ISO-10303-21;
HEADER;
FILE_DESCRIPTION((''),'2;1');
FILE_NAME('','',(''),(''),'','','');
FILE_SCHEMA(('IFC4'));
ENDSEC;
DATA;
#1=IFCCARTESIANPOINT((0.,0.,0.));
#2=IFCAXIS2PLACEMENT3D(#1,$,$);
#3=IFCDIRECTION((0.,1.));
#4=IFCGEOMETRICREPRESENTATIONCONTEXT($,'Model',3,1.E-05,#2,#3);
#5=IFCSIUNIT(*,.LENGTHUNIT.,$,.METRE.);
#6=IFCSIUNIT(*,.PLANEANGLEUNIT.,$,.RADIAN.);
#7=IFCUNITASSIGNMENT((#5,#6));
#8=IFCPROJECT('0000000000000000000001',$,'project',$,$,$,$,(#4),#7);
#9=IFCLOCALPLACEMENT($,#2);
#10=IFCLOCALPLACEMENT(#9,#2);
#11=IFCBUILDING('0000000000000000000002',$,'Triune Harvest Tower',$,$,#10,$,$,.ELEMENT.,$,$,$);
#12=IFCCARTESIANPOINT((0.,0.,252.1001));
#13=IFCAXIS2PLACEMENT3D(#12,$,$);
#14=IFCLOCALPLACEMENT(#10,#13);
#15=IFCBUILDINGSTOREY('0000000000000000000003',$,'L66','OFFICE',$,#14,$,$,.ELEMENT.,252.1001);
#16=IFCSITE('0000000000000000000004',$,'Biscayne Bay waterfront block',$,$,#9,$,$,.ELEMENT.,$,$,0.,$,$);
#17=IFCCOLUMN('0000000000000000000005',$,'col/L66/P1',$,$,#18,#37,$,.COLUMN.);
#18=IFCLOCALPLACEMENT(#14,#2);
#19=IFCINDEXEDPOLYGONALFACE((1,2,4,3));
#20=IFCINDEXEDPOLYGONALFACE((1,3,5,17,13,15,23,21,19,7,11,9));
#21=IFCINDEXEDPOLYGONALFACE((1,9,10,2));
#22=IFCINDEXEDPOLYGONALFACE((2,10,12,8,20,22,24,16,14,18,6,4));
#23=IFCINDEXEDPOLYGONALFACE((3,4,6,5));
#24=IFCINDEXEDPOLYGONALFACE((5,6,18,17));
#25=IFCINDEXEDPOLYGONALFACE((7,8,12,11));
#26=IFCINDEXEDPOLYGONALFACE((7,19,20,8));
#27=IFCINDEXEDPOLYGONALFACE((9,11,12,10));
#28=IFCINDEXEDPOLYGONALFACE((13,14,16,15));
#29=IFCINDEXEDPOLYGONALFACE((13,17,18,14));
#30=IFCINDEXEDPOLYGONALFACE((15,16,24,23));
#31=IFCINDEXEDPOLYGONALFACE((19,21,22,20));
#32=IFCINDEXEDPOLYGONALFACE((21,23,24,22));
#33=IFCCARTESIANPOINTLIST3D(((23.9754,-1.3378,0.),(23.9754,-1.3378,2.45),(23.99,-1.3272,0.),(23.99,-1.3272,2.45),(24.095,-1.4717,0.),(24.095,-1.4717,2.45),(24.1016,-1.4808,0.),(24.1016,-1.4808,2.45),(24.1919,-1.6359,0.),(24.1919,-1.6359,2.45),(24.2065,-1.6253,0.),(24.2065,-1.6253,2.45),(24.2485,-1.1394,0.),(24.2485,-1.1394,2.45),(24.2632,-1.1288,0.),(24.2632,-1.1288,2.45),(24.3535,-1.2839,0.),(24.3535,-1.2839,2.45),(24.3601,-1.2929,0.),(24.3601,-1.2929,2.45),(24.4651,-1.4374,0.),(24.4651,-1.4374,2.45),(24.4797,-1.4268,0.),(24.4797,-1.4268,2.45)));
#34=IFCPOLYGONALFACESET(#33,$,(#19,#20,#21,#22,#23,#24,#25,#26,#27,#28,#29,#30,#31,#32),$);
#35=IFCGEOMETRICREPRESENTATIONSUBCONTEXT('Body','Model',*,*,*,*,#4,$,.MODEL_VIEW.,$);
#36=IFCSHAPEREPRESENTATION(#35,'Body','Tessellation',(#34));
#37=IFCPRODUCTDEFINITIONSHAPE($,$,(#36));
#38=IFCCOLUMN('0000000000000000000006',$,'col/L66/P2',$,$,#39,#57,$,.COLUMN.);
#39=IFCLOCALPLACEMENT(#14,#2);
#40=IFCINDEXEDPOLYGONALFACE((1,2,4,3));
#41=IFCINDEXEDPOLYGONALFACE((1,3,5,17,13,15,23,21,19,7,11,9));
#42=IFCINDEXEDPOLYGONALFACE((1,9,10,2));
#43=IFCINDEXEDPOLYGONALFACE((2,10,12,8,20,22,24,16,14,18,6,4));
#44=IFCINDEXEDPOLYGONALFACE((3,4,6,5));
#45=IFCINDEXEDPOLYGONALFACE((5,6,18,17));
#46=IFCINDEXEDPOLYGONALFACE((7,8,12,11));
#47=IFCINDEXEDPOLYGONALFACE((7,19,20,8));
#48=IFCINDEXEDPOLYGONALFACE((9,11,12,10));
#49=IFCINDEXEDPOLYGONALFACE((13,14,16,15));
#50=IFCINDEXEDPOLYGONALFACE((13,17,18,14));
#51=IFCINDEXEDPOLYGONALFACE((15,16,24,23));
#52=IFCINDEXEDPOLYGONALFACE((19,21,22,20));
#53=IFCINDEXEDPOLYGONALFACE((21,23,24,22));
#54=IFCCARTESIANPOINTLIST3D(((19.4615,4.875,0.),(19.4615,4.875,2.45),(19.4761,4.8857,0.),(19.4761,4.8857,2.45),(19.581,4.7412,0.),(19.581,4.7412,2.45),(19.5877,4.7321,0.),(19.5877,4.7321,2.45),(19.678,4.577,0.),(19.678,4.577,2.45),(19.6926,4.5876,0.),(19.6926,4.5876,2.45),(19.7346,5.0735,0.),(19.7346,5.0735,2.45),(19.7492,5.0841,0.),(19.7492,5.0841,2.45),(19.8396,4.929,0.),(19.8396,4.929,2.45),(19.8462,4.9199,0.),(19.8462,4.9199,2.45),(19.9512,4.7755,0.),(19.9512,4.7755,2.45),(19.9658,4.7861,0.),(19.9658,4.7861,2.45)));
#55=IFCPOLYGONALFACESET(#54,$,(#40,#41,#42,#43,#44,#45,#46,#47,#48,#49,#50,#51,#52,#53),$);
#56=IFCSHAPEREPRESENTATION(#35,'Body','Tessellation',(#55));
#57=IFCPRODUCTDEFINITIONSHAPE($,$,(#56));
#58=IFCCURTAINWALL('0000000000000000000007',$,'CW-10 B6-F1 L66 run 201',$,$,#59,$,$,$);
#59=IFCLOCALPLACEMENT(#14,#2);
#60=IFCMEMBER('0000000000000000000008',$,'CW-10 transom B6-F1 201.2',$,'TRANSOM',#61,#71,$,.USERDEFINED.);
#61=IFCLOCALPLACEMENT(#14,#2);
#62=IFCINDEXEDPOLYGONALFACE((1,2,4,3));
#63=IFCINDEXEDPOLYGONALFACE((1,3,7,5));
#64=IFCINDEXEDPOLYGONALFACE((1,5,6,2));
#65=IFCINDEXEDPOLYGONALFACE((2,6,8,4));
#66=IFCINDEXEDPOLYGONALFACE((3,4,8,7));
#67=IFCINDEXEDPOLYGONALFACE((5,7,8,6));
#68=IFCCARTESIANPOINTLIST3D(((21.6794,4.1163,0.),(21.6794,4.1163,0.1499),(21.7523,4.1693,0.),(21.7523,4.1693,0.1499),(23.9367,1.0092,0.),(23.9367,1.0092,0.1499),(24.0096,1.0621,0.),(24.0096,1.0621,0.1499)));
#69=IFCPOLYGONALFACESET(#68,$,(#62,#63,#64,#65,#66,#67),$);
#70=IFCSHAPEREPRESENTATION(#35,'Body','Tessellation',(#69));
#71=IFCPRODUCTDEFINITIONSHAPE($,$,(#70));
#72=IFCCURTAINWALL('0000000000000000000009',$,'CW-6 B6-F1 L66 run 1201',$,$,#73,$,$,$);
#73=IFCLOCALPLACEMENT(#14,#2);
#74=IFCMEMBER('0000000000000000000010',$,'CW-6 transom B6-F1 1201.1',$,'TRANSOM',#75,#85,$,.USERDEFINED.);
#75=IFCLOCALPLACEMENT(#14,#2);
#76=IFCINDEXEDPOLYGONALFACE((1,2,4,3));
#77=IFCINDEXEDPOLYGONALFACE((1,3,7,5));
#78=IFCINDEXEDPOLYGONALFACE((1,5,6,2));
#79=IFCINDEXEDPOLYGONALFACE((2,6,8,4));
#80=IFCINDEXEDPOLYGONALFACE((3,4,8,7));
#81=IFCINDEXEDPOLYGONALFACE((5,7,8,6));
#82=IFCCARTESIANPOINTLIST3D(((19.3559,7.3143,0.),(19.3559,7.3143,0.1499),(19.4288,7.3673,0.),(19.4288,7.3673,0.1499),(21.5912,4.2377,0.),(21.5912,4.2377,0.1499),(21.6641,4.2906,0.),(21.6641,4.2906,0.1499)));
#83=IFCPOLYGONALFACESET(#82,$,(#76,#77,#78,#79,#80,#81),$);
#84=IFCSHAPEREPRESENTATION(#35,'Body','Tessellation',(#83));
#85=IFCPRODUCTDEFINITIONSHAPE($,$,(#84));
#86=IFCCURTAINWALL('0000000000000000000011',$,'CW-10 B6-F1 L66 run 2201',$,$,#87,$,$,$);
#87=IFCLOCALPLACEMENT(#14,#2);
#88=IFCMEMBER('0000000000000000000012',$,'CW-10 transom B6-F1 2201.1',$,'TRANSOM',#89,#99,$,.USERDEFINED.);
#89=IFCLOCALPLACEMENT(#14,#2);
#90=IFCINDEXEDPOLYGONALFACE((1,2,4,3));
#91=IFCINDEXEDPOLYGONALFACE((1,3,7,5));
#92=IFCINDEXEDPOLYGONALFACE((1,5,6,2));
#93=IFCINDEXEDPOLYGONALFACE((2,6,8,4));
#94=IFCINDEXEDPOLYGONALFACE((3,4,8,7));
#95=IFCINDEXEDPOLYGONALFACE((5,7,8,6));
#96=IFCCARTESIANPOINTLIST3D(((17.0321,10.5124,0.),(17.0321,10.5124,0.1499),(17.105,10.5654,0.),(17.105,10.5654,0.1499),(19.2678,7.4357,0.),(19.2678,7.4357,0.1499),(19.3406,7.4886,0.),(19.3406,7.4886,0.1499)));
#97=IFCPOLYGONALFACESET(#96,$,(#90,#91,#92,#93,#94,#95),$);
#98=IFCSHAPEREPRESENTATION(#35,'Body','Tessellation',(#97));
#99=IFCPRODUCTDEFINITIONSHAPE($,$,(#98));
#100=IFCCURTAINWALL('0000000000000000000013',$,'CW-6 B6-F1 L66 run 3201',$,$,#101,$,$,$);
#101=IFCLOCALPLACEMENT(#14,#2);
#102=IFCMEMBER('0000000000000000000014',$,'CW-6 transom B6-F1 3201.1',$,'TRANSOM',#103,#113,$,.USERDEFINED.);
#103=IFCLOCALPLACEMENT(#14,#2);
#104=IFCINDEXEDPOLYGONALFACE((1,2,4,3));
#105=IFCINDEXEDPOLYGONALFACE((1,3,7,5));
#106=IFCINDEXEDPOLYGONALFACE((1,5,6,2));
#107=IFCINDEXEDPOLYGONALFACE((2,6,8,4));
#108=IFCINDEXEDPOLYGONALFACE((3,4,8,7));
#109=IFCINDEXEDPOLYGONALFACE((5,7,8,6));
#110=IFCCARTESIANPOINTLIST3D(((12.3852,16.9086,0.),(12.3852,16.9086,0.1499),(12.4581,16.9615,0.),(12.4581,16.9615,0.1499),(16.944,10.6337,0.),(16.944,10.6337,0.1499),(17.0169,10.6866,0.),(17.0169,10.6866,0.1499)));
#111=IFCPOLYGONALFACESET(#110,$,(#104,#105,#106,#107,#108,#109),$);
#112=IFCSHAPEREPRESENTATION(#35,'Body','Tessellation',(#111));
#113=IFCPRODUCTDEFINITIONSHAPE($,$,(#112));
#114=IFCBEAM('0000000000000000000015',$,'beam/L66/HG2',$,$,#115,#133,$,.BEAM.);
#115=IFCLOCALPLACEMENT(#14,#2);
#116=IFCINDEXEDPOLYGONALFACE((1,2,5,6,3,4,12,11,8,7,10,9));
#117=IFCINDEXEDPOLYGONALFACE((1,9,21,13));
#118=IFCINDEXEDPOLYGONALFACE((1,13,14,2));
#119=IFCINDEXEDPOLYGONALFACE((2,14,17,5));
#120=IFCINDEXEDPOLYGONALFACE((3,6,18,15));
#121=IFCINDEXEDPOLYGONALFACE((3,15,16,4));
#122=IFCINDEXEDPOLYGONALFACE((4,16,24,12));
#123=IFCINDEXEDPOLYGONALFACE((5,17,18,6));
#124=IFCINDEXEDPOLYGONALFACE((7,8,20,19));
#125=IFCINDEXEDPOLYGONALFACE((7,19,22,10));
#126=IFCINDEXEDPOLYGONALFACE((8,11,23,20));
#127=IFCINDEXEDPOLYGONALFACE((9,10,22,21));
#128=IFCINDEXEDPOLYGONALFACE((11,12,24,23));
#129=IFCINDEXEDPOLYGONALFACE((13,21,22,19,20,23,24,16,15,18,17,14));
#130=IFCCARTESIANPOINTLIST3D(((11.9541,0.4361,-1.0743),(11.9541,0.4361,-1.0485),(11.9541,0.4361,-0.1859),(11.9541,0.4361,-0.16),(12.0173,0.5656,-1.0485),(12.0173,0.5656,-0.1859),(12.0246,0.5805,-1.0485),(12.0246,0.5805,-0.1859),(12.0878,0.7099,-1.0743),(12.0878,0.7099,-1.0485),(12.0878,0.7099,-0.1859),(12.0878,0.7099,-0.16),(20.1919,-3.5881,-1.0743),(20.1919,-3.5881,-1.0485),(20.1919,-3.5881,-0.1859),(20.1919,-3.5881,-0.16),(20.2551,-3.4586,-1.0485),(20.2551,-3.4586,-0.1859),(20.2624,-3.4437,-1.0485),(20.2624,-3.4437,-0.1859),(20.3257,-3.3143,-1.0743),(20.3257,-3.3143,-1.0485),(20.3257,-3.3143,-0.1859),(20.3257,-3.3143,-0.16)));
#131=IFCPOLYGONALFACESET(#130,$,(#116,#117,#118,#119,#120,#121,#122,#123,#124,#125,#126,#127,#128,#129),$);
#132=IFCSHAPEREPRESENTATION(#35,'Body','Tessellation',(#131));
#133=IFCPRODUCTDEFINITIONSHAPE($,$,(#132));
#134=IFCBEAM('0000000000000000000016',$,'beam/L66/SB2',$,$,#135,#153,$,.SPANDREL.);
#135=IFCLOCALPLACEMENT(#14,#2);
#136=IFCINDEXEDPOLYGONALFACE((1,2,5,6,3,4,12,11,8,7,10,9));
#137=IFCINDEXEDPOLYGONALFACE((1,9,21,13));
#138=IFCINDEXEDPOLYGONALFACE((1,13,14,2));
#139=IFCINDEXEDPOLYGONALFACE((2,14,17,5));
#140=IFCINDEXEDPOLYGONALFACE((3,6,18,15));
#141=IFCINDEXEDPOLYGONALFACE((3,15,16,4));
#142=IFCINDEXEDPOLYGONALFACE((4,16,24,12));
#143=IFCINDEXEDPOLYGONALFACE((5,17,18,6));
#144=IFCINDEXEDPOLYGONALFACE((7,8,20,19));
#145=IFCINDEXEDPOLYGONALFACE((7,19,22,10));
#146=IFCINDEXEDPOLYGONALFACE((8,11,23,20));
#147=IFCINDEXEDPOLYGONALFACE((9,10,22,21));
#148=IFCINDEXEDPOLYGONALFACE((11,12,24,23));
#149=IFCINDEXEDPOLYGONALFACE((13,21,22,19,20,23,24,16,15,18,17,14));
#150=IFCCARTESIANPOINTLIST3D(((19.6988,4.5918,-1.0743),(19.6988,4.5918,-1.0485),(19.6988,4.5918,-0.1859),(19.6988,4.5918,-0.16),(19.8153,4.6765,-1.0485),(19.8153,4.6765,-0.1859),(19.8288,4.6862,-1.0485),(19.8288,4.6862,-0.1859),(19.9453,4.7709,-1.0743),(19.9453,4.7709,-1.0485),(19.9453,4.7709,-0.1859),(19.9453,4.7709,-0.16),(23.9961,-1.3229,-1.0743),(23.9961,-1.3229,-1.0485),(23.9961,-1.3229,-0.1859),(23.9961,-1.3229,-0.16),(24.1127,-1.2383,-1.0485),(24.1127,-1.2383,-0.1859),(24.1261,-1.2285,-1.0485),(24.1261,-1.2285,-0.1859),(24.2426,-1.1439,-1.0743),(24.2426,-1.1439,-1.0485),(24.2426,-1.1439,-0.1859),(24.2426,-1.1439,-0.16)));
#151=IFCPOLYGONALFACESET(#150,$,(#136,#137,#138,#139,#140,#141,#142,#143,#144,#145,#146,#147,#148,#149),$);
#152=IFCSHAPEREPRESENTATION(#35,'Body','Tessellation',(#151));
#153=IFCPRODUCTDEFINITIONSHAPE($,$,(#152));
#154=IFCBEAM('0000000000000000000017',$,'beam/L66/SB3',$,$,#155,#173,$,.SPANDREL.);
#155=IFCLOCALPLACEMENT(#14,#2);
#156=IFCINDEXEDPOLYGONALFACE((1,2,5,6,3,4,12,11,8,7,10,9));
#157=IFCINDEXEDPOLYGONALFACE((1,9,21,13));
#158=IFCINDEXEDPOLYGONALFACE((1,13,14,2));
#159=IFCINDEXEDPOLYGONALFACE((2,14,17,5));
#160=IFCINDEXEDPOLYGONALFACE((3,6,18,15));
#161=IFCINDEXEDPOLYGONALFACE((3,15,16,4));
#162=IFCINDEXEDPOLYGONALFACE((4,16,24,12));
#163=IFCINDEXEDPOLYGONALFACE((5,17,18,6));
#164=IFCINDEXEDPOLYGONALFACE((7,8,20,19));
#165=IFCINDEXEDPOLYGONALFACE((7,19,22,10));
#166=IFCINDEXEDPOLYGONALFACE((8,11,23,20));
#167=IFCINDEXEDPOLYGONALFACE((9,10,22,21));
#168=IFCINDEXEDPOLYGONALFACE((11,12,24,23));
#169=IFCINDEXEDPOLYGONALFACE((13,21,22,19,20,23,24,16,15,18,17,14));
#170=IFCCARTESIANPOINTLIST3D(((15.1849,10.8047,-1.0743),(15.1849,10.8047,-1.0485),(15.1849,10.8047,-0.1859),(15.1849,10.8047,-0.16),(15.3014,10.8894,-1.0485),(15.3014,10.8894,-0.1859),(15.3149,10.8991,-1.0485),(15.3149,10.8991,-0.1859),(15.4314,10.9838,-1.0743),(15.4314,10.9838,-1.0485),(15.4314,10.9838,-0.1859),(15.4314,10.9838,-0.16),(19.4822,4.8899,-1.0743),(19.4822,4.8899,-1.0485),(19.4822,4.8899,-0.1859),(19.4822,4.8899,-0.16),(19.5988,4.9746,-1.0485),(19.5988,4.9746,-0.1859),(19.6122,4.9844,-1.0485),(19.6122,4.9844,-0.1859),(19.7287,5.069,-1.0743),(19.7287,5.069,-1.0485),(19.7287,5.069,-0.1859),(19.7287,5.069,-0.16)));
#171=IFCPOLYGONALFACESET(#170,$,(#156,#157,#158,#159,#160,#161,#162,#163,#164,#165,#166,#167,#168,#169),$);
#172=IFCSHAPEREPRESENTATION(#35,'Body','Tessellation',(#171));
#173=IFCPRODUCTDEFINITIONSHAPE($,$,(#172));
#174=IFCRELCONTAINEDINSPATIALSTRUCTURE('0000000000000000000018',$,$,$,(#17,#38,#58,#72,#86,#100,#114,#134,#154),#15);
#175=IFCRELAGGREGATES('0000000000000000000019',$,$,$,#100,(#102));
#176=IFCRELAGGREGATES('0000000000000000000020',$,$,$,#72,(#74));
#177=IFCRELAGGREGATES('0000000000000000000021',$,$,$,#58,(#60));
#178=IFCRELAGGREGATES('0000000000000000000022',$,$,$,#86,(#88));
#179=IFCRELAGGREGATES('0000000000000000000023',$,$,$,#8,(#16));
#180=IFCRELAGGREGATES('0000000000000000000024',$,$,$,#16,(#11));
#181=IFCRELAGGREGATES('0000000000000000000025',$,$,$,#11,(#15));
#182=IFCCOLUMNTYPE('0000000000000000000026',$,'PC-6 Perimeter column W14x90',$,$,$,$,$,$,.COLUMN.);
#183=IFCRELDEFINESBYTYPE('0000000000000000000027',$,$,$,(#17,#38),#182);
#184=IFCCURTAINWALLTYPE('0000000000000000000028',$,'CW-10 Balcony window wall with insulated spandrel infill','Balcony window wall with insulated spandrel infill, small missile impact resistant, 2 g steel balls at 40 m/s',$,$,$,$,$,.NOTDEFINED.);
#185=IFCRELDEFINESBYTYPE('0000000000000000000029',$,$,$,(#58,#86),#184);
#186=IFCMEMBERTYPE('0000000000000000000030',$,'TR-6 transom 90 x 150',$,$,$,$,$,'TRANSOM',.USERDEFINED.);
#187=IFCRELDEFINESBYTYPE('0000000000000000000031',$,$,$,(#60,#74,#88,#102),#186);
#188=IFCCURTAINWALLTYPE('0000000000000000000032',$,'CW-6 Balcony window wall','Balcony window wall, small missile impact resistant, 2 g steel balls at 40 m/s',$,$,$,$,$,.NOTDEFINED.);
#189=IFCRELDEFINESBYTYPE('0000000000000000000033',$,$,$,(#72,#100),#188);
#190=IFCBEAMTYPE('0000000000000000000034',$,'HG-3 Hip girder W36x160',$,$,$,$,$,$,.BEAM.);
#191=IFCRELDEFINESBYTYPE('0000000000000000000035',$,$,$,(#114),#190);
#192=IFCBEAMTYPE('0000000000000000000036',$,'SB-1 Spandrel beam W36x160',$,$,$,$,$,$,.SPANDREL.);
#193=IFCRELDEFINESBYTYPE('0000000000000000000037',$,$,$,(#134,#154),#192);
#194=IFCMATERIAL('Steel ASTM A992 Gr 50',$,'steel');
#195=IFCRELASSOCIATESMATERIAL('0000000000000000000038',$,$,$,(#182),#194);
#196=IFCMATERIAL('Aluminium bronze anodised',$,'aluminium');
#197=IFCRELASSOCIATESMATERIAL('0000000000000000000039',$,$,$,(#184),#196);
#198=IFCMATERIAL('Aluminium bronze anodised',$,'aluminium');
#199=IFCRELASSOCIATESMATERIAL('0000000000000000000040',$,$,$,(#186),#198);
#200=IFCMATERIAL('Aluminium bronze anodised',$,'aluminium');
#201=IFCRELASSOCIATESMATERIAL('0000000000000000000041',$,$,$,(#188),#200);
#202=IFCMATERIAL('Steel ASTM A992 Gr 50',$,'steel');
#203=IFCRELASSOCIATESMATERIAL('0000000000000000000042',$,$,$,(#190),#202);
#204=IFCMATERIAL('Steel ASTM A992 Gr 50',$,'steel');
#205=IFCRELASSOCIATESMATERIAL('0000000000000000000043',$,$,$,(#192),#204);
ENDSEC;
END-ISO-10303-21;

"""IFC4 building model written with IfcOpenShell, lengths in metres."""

from ifc_helpers import new_model, si_unit, direction, frame, origin, origin_2d, place, context, subcontext, project, spatial, rectangle, i_section, extrude, source, transform, mapped, material, material_profile, profile_set, type_object, element, aggregate, save


model = new_model("IFC4")

# Units and contexts
model_context = context("Model", 3, precision=1e-05, world=origin(), true_north=direction((0.0, 1.0)))
body_context = subcontext(model_context, "Body", "Model", "MODEL_VIEW")
ifc_project = project(units=[si_unit("LENGTHUNIT", "METRE"), si_unit("PLANEANGLEUNIT", "RADIAN")], contexts=[model_context])

# Site, building, storey
site_placement = place(None, origin())
site = spatial("IfcSite", under=ifc_project, at=site_placement, Name="Biscayne Bay waterfront block", CompositionType="ELEMENT", RefElevation=0.0)
building_placement = place(site_placement, origin())
building = spatial("IfcBuilding", under=site, at=building_placement, Name="Triune Harvest Tower", CompositionType="ELEMENT")
storey_placement = place(building_placement, frame((0.0, 0.0, 252.1001)))
storey = spatial("IfcBuildingStorey", under=building, at=storey_placement, Name="L66", Description="OFFICE", CompositionType="ELEMENT", Elevation=252.1001)

# Columns
ifc_material_1 = material(Name="Steel ASTM A992 Gr 50", Category="steel")
ifc_material_profile_1 = material_profile(ifc_material_1, i_section(OverallWidth=0.3684, OverallDepth=0.3557, WebThickness=0.0112, FlangeThickness=0.0181, at=origin_2d()), Name="W14x90")
ifc_profile_set_1 = profile_set([ifc_material_profile_1], Name="Steel ASTM A992 Gr 50")
column_type = type_object("IfcColumnType", Name="PC-6 Perimeter column W14x90", PredefinedType="COLUMN", material=ifc_profile_set_1)
shared_shape_1 = source(origin(), body_context, "Body", "SweptSolid", [
    extrude(i_section(OverallWidth=0.3684, OverallDepth=0.3557, WebThickness=0.0112, FlangeThickness=0.0181, at=origin_2d()), origin(), (0.0, 0.0, 1.0), 2.45),
])
for number, where, z_axis, x_axis, name in (
    (1, (24.2275, -1.3823, 0.0), (0.0, 0.0, 1.0), (-0.587785, 0.809017, 0.0), "col/L66/P1"),
    (2, (19.7136, 4.8306, 0.0), (0.0, 0.0, 1.0), (-0.587785, 0.809017, 0.0), "col/L66/P2"),
):
    element("IfcColumn", number, at=place(storey_placement, frame(where, z_axis=z_axis, x_axis=x_axis)), inside=storey, type_object=column_type, Name=name, PredefinedType="COLUMN", context=body_context, shape_type="MappedRepresentation", body=[
        mapped(shared_shape_1, transform((0.0, 0.0, 0.0), scale=1.0)),
    ])

# Curtain walls, members
ifc_material_2 = material(Name="Aluminium bronze anodised", Category="aluminium")
curtain_wall_type_1 = type_object("IfcCurtainWallType", Name="CW-10 Balcony window wall with insulated spandrel infill", Description="Balcony window wall with insulated spandrel infill, small missile impact resistant, 2 g steel balls at 40 m/s", PredefinedType="NOTDEFINED", material=ifc_material_2)
curtain_wall_1_placement = place(storey_placement, origin())
curtain_wall_1 = element("IfcCurtainWall", 3, at=curtain_wall_1_placement, inside=storey, type_object=curtain_wall_type_1, Name="CW-10 B6-F1 L66 run 201")
ifc_material_3 = material(Name="Aluminium bronze anodised", Category="aluminium")
ifc_material_profile_2 = material_profile(ifc_material_3, rectangle(XDim=0.0901, YDim=0.1499, at=origin_2d()), Name="TR-6 transom 90 x 150")
ifc_profile_set_2 = profile_set([ifc_material_profile_2], Name="Aluminium bronze anodised")
member_type_1 = type_object("IfcMemberType", Name="TR-6 transom 90 x 150", ElementType="TRANSOM", PredefinedType="USERDEFINED", material=ifc_profile_set_2)
member_1_placement = place(storey_placement, frame((23.9731, 1.0356, 0.075), z_axis=(-0.587756, 0.809038, 0.0), x_axis=(-0.809038, -0.587756, 0.0)))
member_1 = element("IfcMember", 4, at=member_1_placement, type_object=member_type_1, Name="CW-10 transom B6-F1 201.2", ObjectType="TRANSOM", PredefinedType="USERDEFINED", context=body_context, shape_type="SweptSolid", body=[
    extrude(rectangle(XDim=0.0901, YDim=0.1499, at=origin_2d()), origin(), (0.0, 0.0, 1.0), 3.8406),
])
ifc_material_4 = material(Name="Aluminium bronze anodised", Category="aluminium")
curtain_wall_type_2 = type_object("IfcCurtainWallType", Name="CW-6 Balcony window wall", Description="Balcony window wall, small missile impact resistant, 2 g steel balls at 40 m/s", PredefinedType="NOTDEFINED", material=ifc_material_4)
curtain_wall_2_placement = place(storey_placement, origin())
curtain_wall_2 = element("IfcCurtainWall", 5, at=curtain_wall_2_placement, inside=storey, type_object=curtain_wall_type_2, Name="CW-6 B6-F1 L66 run 1201")
member_2_placement = place(storey_placement, frame((21.6277, 4.2642, 0.075), z_axis=(-0.58779, 0.809014, 0.0), x_axis=(-0.809014, -0.58779, 0.0)))
member_2 = element("IfcMember", 6, at=member_2_placement, type_object=member_type_1, Name="CW-6 transom B6-F1 1201.1", ObjectType="TRANSOM", PredefinedType="USERDEFINED", context=body_context, shape_type="SweptSolid", body=[
    extrude(rectangle(XDim=0.0901, YDim=0.1499, at=origin_2d()), origin(), (0.0, 0.0, 1.0), 3.803),
])
curtain_wall_3_placement = place(storey_placement, origin())
curtain_wall_3 = element("IfcCurtainWall", 7, at=curtain_wall_3_placement, inside=storey, type_object=curtain_wall_type_1, Name="CW-10 B6-F1 L66 run 2201")
member_3_placement = place(storey_placement, frame((19.3042, 7.4622, 0.075), z_axis=(-0.587832, 0.808983, 0.0), x_axis=(-0.808983, -0.587832, 0.0)))
member_3 = element("IfcMember", 8, at=member_3_placement, type_object=member_type_1, Name="CW-10 transom B6-F1 2201.1", ObjectType="TRANSOM", PredefinedType="USERDEFINED", context=body_context, shape_type="SweptSolid", body=[
    extrude(rectangle(XDim=0.0901, YDim=0.1499, at=origin_2d()), origin(), (0.0, 0.0, 1.0), 3.8032),
])
curtain_wall_4_placement = place(storey_placement, origin())
curtain_wall_4 = element("IfcCurtainWall", 9, at=curtain_wall_4_placement, inside=storey, type_object=curtain_wall_type_2, Name="CW-6 B6-F1 L66 run 3201")
member_4_placement = place(storey_placement, frame((16.9805, 10.6602, 0.075), z_axis=(-0.587773, 0.809026, 0.0), x_axis=(-0.809026, -0.587773, 0.0)))
member_4 = element("IfcMember", 10, at=member_4_placement, type_object=member_type_1, Name="CW-6 transom B6-F1 3201.1", ObjectType="TRANSOM", PredefinedType="USERDEFINED", context=body_context, shape_type="SweptSolid", body=[
    extrude(rectangle(XDim=0.0901, YDim=0.1499, at=origin_2d()), origin(), (0.0, 0.0, 1.0), 7.7561),
])

# Beams
ifc_material_5 = material(Name="Steel ASTM A992 Gr 50", Category="steel")
ifc_material_profile_3 = material_profile(ifc_material_5, i_section(OverallWidth=0.3047, OverallDepth=0.9143, WebThickness=0.0166, FlangeThickness=0.0259, at=origin_2d()), Name="W36x160")
ifc_profile_set_3 = profile_set([ifc_material_profile_3], Name="Steel ASTM A992 Gr 50")
beam_type_1 = type_object("IfcBeamType", Name="HG-3 Hip girder W36x160", PredefinedType="BEAM", material=ifc_profile_set_3)
shared_shape_2 = source(origin(), body_context, "Body", "SweptSolid", [
    extrude(i_section(OverallWidth=0.3047, OverallDepth=0.9143, WebThickness=0.0166, FlangeThickness=0.0259, at=origin_2d()), origin(), (0.0, 0.0, 1.0), 9.1682),
])
beam_1_placement = place(storey_placement, frame((20.2588, -3.4512, -0.6172), z_axis=(-0.898522, 0.438929, 0.0), x_axis=(-0.438929, -0.898522, 0.0)))
element("IfcBeam", 11, at=beam_1_placement, inside=storey, type_object=beam_type_1, Name="beam/L66/HG2", PredefinedType="BEAM", context=body_context, shape_type="MappedRepresentation", body=[
    mapped(shared_shape_2, transform((0.0, 0.0, 0.0), scale=1.0)),
])
ifc_material_6 = material(Name="Steel ASTM A992 Gr 50", Category="steel")
ifc_material_profile_4 = material_profile(ifc_material_6, i_section(OverallWidth=0.3047, OverallDepth=0.9143, WebThickness=0.0166, FlangeThickness=0.0259, at=origin_2d()), Name="W36x160")
ifc_profile_set_4 = profile_set([ifc_material_profile_4], Name="Steel ASTM A992 Gr 50")
beam_type_2 = type_object("IfcBeamType", Name="SB-1 Spandrel beam W36x160", PredefinedType="SPANDREL", material=ifc_profile_set_4)
shared_shape_3 = source(origin(), body_context, "Body", "SweptSolid", [
    extrude(i_section(OverallWidth=0.3047, OverallDepth=0.9143, WebThickness=0.0166, FlangeThickness=0.0259, at=origin_2d()), origin(), (0.0, 0.0, 1.0), 7.311),
])
for number, where, z_axis, x_axis, name in (
    (12, (24.1194, -1.2334, -0.6172), (-0.587786, 0.809016, 0.0), (-0.809016, -0.587786, 0.0), "beam/L66/SB2"),
    (13, (19.6055, 4.9795, -0.6172), (-0.587786, 0.809016, 0.0), (-0.809016, -0.587786, 0.0), "beam/L66/SB3"),
):
    element("IfcBeam", number, at=place(storey_placement, frame(where, z_axis=z_axis, x_axis=x_axis)), inside=storey, type_object=beam_type_2, Name=name, PredefinedType="SPANDREL", context=body_context, shape_type="MappedRepresentation", body=[
        mapped(shared_shape_3, transform((0.0, 0.0, 0.0), scale=1.0)),
    ])

aggregate(curtain_wall_4, [member_4])

aggregate(curtain_wall_2, [member_2])
aggregate(curtain_wall_1, [member_1])
aggregate(curtain_wall_3, [member_3])

save(model, "model.ifc")
